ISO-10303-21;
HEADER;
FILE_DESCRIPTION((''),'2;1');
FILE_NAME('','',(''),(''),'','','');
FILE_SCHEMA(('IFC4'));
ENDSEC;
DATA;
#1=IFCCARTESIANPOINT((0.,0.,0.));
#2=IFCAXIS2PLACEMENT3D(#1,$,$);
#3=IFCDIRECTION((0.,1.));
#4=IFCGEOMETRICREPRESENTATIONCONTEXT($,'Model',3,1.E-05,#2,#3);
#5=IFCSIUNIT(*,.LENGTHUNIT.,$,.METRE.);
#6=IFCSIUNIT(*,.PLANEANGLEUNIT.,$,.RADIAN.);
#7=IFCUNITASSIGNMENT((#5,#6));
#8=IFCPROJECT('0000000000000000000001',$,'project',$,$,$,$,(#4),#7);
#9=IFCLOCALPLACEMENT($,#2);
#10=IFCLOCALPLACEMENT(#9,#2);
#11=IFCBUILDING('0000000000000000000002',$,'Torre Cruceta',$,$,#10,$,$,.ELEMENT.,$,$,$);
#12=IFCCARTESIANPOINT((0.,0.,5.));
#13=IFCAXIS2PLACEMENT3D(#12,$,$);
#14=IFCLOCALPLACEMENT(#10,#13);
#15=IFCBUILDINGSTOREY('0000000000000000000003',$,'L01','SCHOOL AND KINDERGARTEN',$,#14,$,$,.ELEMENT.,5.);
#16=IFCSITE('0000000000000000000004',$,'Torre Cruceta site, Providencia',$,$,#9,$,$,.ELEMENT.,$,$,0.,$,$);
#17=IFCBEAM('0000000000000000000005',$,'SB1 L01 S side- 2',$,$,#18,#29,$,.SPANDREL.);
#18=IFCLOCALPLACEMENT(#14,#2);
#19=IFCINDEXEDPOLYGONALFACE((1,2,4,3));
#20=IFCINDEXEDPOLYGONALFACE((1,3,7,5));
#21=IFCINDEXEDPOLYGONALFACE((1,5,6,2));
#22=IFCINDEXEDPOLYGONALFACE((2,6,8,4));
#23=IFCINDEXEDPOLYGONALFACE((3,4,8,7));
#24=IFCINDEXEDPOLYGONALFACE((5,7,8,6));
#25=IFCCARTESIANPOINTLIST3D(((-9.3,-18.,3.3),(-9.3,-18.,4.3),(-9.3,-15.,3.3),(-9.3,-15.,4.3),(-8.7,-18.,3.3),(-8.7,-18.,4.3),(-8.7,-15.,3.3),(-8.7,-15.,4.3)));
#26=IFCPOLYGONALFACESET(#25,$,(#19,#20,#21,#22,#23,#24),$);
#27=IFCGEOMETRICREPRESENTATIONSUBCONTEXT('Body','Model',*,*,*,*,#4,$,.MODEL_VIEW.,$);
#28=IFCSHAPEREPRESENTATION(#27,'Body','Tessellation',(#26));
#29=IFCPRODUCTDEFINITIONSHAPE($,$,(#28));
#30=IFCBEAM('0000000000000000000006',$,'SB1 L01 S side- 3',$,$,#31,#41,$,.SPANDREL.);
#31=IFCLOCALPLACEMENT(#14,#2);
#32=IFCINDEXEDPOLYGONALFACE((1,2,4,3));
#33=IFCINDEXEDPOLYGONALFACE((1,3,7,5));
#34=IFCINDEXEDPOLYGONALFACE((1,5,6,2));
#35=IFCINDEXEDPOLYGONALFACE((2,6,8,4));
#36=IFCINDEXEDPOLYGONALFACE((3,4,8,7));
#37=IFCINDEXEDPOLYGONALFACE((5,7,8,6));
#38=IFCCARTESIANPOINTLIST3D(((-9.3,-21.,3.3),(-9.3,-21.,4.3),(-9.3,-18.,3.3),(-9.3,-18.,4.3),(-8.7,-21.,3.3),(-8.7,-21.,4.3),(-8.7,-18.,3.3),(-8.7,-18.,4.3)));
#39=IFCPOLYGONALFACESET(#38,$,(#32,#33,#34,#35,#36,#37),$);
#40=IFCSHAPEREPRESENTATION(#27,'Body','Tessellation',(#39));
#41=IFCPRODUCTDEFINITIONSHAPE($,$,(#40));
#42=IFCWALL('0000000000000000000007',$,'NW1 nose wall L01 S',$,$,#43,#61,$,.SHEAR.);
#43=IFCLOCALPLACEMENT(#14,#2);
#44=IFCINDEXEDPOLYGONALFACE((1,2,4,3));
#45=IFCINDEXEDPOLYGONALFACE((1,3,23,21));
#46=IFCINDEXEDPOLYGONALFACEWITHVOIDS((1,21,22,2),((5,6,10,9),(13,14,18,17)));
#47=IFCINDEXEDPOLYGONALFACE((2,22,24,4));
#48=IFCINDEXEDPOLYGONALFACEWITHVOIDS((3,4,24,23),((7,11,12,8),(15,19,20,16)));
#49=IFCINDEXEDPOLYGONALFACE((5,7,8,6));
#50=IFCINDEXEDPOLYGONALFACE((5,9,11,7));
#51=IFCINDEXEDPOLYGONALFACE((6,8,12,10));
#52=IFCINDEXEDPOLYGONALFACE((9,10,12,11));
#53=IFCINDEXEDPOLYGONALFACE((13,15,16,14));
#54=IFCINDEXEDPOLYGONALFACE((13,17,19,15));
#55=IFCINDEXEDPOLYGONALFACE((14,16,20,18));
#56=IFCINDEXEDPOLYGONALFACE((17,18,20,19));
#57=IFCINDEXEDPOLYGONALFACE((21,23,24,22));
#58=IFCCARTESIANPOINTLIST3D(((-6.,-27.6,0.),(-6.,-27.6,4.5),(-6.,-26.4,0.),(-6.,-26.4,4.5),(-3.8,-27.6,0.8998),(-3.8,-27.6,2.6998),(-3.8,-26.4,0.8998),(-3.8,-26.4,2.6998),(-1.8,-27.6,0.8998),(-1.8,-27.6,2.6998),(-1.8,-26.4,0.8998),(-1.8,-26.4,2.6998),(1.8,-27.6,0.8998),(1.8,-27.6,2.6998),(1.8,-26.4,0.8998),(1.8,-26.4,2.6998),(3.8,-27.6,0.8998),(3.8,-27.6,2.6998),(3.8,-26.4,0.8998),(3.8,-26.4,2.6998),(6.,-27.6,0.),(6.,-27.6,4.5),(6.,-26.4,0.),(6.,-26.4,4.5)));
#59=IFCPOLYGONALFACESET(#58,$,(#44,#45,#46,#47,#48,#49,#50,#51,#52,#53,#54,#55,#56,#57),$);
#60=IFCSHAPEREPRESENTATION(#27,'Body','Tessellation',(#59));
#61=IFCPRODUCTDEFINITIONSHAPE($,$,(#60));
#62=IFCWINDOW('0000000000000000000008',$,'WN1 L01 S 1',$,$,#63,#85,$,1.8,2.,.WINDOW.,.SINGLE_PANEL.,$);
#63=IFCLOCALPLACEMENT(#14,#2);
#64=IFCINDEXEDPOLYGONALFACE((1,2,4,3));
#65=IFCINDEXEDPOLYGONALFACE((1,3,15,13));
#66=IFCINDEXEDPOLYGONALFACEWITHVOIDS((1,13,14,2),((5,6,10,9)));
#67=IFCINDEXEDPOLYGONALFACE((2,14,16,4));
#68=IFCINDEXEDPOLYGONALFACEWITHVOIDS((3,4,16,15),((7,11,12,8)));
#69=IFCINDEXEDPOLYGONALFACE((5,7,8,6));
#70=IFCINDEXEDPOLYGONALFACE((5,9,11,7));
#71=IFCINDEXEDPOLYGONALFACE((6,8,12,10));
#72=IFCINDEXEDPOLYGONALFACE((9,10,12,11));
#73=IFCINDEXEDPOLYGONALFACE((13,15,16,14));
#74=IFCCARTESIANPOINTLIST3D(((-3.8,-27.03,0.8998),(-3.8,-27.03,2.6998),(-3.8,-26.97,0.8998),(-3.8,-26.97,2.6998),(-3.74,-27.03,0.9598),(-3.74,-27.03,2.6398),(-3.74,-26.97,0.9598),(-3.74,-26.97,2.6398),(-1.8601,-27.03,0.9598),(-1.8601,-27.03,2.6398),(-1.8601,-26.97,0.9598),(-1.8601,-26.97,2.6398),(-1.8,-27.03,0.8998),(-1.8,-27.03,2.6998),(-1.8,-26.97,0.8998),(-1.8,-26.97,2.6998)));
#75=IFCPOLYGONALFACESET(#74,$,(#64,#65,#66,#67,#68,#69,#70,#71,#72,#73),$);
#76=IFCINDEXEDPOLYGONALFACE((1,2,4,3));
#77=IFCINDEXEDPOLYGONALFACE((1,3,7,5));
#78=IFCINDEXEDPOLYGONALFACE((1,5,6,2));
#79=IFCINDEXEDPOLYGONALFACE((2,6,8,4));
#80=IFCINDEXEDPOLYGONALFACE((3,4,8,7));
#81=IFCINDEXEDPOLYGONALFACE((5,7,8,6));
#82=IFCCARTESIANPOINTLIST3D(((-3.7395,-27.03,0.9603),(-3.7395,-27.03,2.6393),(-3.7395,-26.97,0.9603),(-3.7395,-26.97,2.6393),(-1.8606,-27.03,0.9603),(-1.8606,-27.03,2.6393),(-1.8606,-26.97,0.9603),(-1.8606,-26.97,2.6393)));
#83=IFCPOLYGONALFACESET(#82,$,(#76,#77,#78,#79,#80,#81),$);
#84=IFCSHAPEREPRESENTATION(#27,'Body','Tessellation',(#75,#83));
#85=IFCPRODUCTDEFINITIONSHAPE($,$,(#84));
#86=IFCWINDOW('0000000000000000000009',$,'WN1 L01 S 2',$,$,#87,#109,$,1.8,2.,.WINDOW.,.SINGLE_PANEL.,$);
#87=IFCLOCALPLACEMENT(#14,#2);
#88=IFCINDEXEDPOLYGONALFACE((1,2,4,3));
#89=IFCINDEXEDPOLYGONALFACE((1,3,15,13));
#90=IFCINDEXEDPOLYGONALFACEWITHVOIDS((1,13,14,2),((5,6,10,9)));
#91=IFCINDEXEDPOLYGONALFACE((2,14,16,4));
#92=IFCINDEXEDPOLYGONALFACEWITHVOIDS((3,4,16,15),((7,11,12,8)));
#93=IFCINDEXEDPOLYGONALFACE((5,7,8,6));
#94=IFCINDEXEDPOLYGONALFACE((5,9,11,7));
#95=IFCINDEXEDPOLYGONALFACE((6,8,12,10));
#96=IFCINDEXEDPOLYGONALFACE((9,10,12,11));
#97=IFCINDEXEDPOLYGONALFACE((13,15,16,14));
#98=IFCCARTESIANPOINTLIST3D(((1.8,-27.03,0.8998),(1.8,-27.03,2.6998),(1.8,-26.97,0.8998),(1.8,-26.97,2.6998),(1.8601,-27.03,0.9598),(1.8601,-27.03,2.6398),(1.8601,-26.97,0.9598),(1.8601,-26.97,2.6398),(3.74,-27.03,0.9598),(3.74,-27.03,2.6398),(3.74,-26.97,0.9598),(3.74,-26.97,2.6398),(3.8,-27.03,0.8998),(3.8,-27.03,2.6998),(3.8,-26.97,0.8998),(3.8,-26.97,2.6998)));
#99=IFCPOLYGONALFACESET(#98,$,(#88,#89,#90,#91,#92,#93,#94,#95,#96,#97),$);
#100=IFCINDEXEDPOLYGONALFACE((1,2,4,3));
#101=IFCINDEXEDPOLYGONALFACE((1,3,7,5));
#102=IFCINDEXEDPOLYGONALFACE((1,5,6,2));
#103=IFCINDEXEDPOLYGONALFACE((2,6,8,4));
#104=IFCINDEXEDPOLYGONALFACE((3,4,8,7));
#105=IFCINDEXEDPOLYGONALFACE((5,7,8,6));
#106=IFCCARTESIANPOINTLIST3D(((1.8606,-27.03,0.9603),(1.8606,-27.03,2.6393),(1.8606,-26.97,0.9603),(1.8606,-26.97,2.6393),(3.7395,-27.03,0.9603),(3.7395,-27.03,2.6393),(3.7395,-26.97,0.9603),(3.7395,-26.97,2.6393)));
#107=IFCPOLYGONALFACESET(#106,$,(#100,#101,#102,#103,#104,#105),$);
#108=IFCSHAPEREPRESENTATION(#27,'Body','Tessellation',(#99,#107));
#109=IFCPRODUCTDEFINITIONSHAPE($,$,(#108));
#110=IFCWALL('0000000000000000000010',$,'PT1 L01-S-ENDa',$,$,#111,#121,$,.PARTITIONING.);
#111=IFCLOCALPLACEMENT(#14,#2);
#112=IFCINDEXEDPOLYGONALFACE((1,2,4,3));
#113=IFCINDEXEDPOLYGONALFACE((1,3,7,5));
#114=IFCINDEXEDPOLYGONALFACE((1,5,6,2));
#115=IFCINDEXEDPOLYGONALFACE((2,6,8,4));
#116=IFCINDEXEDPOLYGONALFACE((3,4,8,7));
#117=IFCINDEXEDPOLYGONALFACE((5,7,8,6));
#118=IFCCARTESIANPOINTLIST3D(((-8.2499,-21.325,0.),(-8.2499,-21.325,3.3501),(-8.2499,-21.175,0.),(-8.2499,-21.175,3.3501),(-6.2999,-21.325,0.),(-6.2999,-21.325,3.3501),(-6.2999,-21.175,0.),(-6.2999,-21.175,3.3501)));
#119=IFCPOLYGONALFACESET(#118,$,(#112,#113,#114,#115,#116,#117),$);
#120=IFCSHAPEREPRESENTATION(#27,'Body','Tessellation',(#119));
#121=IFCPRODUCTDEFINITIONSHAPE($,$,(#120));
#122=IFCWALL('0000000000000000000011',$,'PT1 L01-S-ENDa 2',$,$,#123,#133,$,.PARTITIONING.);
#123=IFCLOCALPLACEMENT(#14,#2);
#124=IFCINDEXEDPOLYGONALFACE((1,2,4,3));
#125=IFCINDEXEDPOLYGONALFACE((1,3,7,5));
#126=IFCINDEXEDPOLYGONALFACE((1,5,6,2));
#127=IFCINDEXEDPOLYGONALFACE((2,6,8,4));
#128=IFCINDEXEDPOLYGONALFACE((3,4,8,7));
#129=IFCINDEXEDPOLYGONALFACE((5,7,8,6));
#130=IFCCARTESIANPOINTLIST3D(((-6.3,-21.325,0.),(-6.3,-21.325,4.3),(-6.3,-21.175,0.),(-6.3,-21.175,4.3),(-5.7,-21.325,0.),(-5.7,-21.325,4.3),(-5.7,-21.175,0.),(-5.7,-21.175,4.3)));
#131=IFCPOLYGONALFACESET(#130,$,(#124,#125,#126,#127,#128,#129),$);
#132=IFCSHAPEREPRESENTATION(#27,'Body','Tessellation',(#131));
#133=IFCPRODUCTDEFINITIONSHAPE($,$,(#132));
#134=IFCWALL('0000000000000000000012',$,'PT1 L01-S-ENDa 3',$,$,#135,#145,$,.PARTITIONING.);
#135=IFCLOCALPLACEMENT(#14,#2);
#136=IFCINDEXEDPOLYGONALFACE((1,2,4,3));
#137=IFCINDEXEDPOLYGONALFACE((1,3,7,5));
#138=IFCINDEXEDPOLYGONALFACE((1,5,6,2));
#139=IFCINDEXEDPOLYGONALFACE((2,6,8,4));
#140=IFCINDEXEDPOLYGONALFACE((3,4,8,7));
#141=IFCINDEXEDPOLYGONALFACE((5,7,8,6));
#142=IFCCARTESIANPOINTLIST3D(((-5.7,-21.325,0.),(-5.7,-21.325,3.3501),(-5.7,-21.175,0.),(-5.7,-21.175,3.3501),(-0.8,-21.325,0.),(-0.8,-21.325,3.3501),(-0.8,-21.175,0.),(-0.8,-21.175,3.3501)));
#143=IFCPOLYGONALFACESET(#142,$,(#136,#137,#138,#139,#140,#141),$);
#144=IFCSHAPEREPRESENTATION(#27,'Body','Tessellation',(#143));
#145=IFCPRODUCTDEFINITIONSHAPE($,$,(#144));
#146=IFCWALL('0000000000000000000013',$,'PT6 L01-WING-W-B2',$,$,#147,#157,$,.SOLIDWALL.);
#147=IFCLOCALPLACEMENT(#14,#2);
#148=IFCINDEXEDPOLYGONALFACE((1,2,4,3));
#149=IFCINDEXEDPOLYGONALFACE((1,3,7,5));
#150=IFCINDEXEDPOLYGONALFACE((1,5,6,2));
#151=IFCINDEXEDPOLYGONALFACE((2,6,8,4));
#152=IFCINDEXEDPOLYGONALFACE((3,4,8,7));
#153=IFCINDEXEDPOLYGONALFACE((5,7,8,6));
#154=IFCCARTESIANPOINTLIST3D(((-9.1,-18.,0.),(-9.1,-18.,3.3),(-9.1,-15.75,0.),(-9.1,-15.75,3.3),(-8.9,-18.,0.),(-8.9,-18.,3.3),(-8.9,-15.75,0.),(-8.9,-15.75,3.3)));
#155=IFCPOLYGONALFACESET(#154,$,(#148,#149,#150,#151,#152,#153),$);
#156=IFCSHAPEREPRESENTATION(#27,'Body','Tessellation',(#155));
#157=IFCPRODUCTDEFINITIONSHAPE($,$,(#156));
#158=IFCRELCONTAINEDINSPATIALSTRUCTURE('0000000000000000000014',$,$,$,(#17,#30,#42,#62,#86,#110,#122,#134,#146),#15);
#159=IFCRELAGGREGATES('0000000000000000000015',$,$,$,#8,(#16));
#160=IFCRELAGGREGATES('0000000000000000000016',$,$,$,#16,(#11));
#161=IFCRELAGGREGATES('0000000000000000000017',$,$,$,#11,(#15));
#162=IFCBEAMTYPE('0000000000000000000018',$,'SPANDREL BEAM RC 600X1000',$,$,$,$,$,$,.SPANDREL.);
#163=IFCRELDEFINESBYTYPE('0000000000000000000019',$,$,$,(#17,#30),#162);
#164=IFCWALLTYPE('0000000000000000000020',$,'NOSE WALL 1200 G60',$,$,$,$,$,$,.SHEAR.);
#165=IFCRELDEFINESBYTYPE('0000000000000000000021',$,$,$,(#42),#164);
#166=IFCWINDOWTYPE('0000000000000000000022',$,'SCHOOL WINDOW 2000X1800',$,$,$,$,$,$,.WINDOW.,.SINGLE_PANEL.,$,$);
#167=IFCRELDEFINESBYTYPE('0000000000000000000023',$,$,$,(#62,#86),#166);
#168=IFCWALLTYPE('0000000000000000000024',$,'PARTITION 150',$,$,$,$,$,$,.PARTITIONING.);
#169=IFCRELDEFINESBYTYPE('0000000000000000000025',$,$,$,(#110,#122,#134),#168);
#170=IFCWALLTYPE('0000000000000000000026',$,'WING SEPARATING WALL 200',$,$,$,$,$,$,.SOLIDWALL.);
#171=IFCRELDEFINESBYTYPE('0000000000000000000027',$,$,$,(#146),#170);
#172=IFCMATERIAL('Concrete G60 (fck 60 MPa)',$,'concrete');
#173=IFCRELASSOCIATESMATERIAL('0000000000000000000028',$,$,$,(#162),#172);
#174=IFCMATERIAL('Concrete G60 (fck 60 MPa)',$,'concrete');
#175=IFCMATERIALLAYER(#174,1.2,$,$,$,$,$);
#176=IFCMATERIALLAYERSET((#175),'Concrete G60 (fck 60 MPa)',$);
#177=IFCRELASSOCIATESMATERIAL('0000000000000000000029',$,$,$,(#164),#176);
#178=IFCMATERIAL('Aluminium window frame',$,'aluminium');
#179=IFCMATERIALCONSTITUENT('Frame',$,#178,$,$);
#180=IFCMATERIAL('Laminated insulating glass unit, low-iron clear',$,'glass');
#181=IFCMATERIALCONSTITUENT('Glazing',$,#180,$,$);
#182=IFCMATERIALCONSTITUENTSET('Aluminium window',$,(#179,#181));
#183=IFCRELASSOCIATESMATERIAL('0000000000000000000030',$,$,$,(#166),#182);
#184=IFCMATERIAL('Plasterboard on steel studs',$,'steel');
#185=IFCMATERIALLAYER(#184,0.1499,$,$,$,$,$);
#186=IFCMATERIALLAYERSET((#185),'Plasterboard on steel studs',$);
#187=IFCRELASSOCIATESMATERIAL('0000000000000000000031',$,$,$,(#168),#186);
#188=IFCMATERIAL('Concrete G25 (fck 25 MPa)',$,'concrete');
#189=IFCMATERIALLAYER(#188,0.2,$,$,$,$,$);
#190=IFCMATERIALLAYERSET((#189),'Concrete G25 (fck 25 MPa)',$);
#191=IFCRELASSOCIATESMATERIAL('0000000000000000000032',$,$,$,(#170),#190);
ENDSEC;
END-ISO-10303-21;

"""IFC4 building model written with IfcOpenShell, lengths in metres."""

from ifc_helpers import new_model, si_unit, direction, frame, frame_2d, origin, origin_2d, place, context, subcontext, project, spatial, rectangle, hollow_rectangle, extrude, material, layer, layer_set, constituent, constituent_set, material_profile, profile_set, type_object, element, fill, save


model = new_model("IFC4")

# Units and contexts
model_context = context("Model", 3, precision=1e-05, world=origin(), true_north=direction((0.0, 1.0)))
body_context = subcontext(model_context, "Body", "Model", "MODEL_VIEW")
ifc_project = project(units=[si_unit("LENGTHUNIT", "METRE"), si_unit("PLANEANGLEUNIT", "RADIAN")], contexts=[model_context])

# Site, building, storey
site_placement = place(None, origin())
site = spatial("IfcSite", under=ifc_project, at=site_placement, Name="Torre Cruceta site, Providencia", CompositionType="ELEMENT", RefElevation=0.0)
building_placement = place(site_placement, origin())
building = spatial("IfcBuilding", under=site, at=building_placement, Name="Torre Cruceta", CompositionType="ELEMENT")
storey_placement = place(building_placement, frame((0.0, 0.0, 5.0)))
storey = spatial("IfcBuildingStorey", under=building, at=storey_placement, Name="L01", Description="SCHOOL AND KINDERGARTEN", CompositionType="ELEMENT", Elevation=5.0)

# Beams
ifc_material_1 = material(Name="Concrete G60 (fck 60 MPa)", Category="concrete")
ifc_material_profile_1 = material_profile(ifc_material_1, rectangle(XDim=0.6001, YDim=1.0, at=origin_2d()), Name="RC 600X1000")
ifc_profile_set_1 = profile_set([ifc_material_profile_1], Name="Concrete G60 (fck 60 MPa)")
beam_type_1 = type_object("IfcBeamType", Name="SPANDREL BEAM RC 600X1000", PredefinedType="SPANDREL", material=ifc_profile_set_1)
for number, where, z_axis, x_axis, name in (
    (1, (-9.0, -15.0, 3.8), (0.0, -1.0, 0.0), (1.0, 0.0, 0.0), "SB1 L01 S side- 2"),
    (2, (-9.0, -18.0, 3.8), (0.0, -1.0, 0.0), (1.0, 0.0, 0.0), "SB1 L01 S side- 3"),
):
    element("IfcBeam", number, at=place(storey_placement, frame(where, z_axis=z_axis, x_axis=x_axis)), inside=storey, type_object=beam_type_1, Name=name, PredefinedType="SPANDREL", context=body_context, shape_type="SweptSolid", body=[
        extrude(rectangle(XDim=0.6001, YDim=1.0, at=origin_2d()), origin(), (0.0, 0.0, 1.0), 3.0),
    ])

# Wall, openings, windows
ifc_material_2 = material(Name="Concrete G60 (fck 60 MPa)", Category="concrete")
ifc_layer_1 = layer(ifc_material_2, 1.2)
ifc_layer_set_1 = layer_set([ifc_layer_1], Name="Concrete G60 (fck 60 MPa)")
wall_type_1 = type_object("IfcWallType", Name="NOSE WALL 1200 G60", PredefinedType="SHEAR", material=ifc_layer_set_1)
wall_1_placement = place(storey_placement, frame((-6.0, -27.0, 0.0), z_axis=(0.0, 0.0, 1.0), x_axis=(1.0, 0.0, 0.0)))
wall_1 = element("IfcWall", 3, at=wall_1_placement, inside=storey, type_object=wall_type_1, Name="NW1 nose wall L01 S", PredefinedType="SHEAR", context=body_context, shape_type="SweptSolid", body=[
    extrude(rectangle(XDim=12.0, YDim=1.2, at=frame_2d((6.0, 0.0))), origin(), (0.0, 0.0, 1.0), 4.5),
])
opening_1_placement = place(wall_1_placement, frame((2.2, 0.0, 0.8999)))
opening_1 = element("IfcOpeningElement", 4, at=opening_1_placement, cuts=wall_1, PredefinedType="OPENING", context=body_context, shape_type="SweptSolid", body=[
    extrude(rectangle(XDim=2.0, YDim=1.8, at=frame_2d((1.0, 0.8999))), frame((0.0, 0.6099, 0.0), z_axis=(0.0, -1.0, 0.0), x_axis=(1.0, 0.0, 0.0)), (0.0, 0.0, 1.0), 1.22),
])
opening_2_placement = place(wall_1_placement, frame((7.8, 0.0, 0.8999)))
opening_2 = element("IfcOpeningElement", 5, at=opening_2_placement, cuts=wall_1, PredefinedType="OPENING", context=body_context, shape_type="SweptSolid", body=[
    extrude(rectangle(XDim=2.0, YDim=1.8, at=frame_2d((1.0, 0.8999))), frame((0.0, 0.6099, 0.0), z_axis=(0.0, -1.0, 0.0), x_axis=(1.0, 0.0, 0.0)), (0.0, 0.0, 1.0), 1.22),
])
ifc_material_3 = material(Name="Aluminium window frame", Category="aluminium")
ifc_constituent_1 = constituent(ifc_material_3, Name="Frame")
ifc_material_4 = material(Name="Laminated insulating glass unit, low-iron clear", Category="glass")
ifc_constituent_2 = constituent(ifc_material_4, Name="Glazing")
ifc_constituent_set = constituent_set(constituents=[ifc_constituent_1, ifc_constituent_2], Name="Aluminium window")
window_type = type_object("IfcWindowType", Name="SCHOOL WINDOW 2000X1800", PartitioningType="SINGLE_PANEL", PredefinedType="WINDOW", material=ifc_constituent_set)
window_1_placement = place(opening_1_placement, origin())
window_1 = element("IfcWindow", 6, at=window_1_placement, inside=storey, type_object=window_type, Name="WN1 L01 S 1", OverallHeight=1.8, OverallWidth=2.0, PartitioningType="SINGLE_PANEL", PredefinedType="WINDOW", context=body_context, shape_type="SweptSolid", body=[
    extrude(hollow_rectangle(XDim=2.0, YDim=1.8, WallThickness=0.0601, at=frame_2d((1.0, 0.8999))), frame((0.0, 0.03, 0.0), z_axis=(0.0, -1.0, 0.0), x_axis=(1.0, 0.0, 0.0)), (0.0, 0.0, 1.0), 0.0601),
    extrude(rectangle(XDim=1.8789, YDim=1.679, at=frame_2d((1.0, 0.8999))), frame((0.0, 0.03, 0.0), z_axis=(0.0, -1.0, 0.0), x_axis=(1.0, 0.0, 0.0)), (0.0, 0.0, 1.0), 0.0601),
])
fill(opening_1, window_1)
window_2_placement = place(opening_2_placement, origin())
window_2 = element("IfcWindow", 7, at=window_2_placement, inside=storey, type_object=window_type, Name="WN1 L01 S 2", OverallHeight=1.8, OverallWidth=2.0, PartitioningType="SINGLE_PANEL", PredefinedType="WINDOW", context=body_context, shape_type="SweptSolid", body=[
    extrude(hollow_rectangle(XDim=2.0, YDim=1.8, WallThickness=0.0601, at=frame_2d((1.0, 0.8999))), frame((0.0, 0.03, 0.0), z_axis=(0.0, -1.0, 0.0), x_axis=(1.0, 0.0, 0.0)), (0.0, 0.0, 1.0), 0.0601),
    extrude(rectangle(XDim=1.8789, YDim=1.679, at=frame_2d((1.0, 0.8999))), frame((0.0, 0.03, 0.0), z_axis=(0.0, -1.0, 0.0), x_axis=(1.0, 0.0, 0.0)), (0.0, 0.0, 1.0), 0.0601),
])
fill(opening_2, window_2)

# Walls
ifc_material_5 = material(Name="Plasterboard on steel studs", Category="steel")
ifc_layer_2 = layer(ifc_material_5, 0.1499)
ifc_layer_set_2 = layer_set([ifc_layer_2], Name="Plasterboard on steel studs")
wall_type_2 = type_object("IfcWallType", Name="PARTITION 150", PredefinedType="PARTITIONING", material=ifc_layer_set_2)
wall_2_placement = place(storey_placement, frame((-8.25, -21.25, 0.0), z_axis=(0.0, 0.0, 1.0), x_axis=(1.0, 0.0, 0.0)))
element("IfcWall", 8, at=wall_2_placement, inside=storey, type_object=wall_type_2, Name="PT1 L01-S-ENDa", PredefinedType="PARTITIONING", context=body_context, shape_type="SweptSolid", body=[
    extrude(rectangle(XDim=1.95, YDim=0.1499, at=frame_2d((0.9751, 0.0))), origin(), (0.0, 0.0, 1.0), 3.3501),
])
wall_3_placement = place(storey_placement, frame((-6.3, -21.25, 0.0), z_axis=(0.0, 0.0, 1.0), x_axis=(1.0, 0.0, 0.0)))
element("IfcWall", 9, at=wall_3_placement, inside=storey, type_object=wall_type_2, Name="PT1 L01-S-ENDa 2", PredefinedType="PARTITIONING", context=body_context, shape_type="SweptSolid", body=[
    extrude(rectangle(XDim=0.6001, YDim=0.1499, at=frame_2d((0.3, 0.0))), origin(), (0.0, 0.0, 1.0), 4.3),
])
wall_4_placement = place(storey_placement, frame((-5.7, -21.25, 0.0), z_axis=(0.0, 0.0, 1.0), x_axis=(1.0, 0.0, 0.0)))
element("IfcWall", 10, at=wall_4_placement, inside=storey, type_object=wall_type_2, Name="PT1 L01-S-ENDa 3", PredefinedType="PARTITIONING", context=body_context, shape_type="SweptSolid", body=[
    extrude(rectangle(XDim=4.8999, YDim=0.1499, at=frame_2d((2.45, 0.0))), origin(), (0.0, 0.0, 1.0), 3.3501),
])
ifc_material_6 = material(Name="Concrete G25 (fck 25 MPa)", Category="concrete")
ifc_layer_3 = layer(ifc_material_6, 0.2)
ifc_layer_set_3 = layer_set([ifc_layer_3], Name="Concrete G25 (fck 25 MPa)")
wall_type_3 = type_object("IfcWallType", Name="WING SEPARATING WALL 200", PredefinedType="SOLIDWALL", material=ifc_layer_set_3)
wall_5_placement = place(storey_placement, frame((-9.0, -18.0, 0.0), z_axis=(0.0, 0.0, 1.0), x_axis=(0.0, 1.0, 0.0)))
element("IfcWall", 11, at=wall_5_placement, inside=storey, type_object=wall_type_3, Name="PT6 L01-WING-W-B2", PredefinedType="SOLIDWALL", context=body_context, shape_type="SweptSolid", body=[
    extrude(rectangle(XDim=2.25, YDim=0.2, at=frame_2d((1.125, 0.0))), origin(), (0.0, 0.0, 1.0), 3.3),
])

save(model, "model.ifc")
